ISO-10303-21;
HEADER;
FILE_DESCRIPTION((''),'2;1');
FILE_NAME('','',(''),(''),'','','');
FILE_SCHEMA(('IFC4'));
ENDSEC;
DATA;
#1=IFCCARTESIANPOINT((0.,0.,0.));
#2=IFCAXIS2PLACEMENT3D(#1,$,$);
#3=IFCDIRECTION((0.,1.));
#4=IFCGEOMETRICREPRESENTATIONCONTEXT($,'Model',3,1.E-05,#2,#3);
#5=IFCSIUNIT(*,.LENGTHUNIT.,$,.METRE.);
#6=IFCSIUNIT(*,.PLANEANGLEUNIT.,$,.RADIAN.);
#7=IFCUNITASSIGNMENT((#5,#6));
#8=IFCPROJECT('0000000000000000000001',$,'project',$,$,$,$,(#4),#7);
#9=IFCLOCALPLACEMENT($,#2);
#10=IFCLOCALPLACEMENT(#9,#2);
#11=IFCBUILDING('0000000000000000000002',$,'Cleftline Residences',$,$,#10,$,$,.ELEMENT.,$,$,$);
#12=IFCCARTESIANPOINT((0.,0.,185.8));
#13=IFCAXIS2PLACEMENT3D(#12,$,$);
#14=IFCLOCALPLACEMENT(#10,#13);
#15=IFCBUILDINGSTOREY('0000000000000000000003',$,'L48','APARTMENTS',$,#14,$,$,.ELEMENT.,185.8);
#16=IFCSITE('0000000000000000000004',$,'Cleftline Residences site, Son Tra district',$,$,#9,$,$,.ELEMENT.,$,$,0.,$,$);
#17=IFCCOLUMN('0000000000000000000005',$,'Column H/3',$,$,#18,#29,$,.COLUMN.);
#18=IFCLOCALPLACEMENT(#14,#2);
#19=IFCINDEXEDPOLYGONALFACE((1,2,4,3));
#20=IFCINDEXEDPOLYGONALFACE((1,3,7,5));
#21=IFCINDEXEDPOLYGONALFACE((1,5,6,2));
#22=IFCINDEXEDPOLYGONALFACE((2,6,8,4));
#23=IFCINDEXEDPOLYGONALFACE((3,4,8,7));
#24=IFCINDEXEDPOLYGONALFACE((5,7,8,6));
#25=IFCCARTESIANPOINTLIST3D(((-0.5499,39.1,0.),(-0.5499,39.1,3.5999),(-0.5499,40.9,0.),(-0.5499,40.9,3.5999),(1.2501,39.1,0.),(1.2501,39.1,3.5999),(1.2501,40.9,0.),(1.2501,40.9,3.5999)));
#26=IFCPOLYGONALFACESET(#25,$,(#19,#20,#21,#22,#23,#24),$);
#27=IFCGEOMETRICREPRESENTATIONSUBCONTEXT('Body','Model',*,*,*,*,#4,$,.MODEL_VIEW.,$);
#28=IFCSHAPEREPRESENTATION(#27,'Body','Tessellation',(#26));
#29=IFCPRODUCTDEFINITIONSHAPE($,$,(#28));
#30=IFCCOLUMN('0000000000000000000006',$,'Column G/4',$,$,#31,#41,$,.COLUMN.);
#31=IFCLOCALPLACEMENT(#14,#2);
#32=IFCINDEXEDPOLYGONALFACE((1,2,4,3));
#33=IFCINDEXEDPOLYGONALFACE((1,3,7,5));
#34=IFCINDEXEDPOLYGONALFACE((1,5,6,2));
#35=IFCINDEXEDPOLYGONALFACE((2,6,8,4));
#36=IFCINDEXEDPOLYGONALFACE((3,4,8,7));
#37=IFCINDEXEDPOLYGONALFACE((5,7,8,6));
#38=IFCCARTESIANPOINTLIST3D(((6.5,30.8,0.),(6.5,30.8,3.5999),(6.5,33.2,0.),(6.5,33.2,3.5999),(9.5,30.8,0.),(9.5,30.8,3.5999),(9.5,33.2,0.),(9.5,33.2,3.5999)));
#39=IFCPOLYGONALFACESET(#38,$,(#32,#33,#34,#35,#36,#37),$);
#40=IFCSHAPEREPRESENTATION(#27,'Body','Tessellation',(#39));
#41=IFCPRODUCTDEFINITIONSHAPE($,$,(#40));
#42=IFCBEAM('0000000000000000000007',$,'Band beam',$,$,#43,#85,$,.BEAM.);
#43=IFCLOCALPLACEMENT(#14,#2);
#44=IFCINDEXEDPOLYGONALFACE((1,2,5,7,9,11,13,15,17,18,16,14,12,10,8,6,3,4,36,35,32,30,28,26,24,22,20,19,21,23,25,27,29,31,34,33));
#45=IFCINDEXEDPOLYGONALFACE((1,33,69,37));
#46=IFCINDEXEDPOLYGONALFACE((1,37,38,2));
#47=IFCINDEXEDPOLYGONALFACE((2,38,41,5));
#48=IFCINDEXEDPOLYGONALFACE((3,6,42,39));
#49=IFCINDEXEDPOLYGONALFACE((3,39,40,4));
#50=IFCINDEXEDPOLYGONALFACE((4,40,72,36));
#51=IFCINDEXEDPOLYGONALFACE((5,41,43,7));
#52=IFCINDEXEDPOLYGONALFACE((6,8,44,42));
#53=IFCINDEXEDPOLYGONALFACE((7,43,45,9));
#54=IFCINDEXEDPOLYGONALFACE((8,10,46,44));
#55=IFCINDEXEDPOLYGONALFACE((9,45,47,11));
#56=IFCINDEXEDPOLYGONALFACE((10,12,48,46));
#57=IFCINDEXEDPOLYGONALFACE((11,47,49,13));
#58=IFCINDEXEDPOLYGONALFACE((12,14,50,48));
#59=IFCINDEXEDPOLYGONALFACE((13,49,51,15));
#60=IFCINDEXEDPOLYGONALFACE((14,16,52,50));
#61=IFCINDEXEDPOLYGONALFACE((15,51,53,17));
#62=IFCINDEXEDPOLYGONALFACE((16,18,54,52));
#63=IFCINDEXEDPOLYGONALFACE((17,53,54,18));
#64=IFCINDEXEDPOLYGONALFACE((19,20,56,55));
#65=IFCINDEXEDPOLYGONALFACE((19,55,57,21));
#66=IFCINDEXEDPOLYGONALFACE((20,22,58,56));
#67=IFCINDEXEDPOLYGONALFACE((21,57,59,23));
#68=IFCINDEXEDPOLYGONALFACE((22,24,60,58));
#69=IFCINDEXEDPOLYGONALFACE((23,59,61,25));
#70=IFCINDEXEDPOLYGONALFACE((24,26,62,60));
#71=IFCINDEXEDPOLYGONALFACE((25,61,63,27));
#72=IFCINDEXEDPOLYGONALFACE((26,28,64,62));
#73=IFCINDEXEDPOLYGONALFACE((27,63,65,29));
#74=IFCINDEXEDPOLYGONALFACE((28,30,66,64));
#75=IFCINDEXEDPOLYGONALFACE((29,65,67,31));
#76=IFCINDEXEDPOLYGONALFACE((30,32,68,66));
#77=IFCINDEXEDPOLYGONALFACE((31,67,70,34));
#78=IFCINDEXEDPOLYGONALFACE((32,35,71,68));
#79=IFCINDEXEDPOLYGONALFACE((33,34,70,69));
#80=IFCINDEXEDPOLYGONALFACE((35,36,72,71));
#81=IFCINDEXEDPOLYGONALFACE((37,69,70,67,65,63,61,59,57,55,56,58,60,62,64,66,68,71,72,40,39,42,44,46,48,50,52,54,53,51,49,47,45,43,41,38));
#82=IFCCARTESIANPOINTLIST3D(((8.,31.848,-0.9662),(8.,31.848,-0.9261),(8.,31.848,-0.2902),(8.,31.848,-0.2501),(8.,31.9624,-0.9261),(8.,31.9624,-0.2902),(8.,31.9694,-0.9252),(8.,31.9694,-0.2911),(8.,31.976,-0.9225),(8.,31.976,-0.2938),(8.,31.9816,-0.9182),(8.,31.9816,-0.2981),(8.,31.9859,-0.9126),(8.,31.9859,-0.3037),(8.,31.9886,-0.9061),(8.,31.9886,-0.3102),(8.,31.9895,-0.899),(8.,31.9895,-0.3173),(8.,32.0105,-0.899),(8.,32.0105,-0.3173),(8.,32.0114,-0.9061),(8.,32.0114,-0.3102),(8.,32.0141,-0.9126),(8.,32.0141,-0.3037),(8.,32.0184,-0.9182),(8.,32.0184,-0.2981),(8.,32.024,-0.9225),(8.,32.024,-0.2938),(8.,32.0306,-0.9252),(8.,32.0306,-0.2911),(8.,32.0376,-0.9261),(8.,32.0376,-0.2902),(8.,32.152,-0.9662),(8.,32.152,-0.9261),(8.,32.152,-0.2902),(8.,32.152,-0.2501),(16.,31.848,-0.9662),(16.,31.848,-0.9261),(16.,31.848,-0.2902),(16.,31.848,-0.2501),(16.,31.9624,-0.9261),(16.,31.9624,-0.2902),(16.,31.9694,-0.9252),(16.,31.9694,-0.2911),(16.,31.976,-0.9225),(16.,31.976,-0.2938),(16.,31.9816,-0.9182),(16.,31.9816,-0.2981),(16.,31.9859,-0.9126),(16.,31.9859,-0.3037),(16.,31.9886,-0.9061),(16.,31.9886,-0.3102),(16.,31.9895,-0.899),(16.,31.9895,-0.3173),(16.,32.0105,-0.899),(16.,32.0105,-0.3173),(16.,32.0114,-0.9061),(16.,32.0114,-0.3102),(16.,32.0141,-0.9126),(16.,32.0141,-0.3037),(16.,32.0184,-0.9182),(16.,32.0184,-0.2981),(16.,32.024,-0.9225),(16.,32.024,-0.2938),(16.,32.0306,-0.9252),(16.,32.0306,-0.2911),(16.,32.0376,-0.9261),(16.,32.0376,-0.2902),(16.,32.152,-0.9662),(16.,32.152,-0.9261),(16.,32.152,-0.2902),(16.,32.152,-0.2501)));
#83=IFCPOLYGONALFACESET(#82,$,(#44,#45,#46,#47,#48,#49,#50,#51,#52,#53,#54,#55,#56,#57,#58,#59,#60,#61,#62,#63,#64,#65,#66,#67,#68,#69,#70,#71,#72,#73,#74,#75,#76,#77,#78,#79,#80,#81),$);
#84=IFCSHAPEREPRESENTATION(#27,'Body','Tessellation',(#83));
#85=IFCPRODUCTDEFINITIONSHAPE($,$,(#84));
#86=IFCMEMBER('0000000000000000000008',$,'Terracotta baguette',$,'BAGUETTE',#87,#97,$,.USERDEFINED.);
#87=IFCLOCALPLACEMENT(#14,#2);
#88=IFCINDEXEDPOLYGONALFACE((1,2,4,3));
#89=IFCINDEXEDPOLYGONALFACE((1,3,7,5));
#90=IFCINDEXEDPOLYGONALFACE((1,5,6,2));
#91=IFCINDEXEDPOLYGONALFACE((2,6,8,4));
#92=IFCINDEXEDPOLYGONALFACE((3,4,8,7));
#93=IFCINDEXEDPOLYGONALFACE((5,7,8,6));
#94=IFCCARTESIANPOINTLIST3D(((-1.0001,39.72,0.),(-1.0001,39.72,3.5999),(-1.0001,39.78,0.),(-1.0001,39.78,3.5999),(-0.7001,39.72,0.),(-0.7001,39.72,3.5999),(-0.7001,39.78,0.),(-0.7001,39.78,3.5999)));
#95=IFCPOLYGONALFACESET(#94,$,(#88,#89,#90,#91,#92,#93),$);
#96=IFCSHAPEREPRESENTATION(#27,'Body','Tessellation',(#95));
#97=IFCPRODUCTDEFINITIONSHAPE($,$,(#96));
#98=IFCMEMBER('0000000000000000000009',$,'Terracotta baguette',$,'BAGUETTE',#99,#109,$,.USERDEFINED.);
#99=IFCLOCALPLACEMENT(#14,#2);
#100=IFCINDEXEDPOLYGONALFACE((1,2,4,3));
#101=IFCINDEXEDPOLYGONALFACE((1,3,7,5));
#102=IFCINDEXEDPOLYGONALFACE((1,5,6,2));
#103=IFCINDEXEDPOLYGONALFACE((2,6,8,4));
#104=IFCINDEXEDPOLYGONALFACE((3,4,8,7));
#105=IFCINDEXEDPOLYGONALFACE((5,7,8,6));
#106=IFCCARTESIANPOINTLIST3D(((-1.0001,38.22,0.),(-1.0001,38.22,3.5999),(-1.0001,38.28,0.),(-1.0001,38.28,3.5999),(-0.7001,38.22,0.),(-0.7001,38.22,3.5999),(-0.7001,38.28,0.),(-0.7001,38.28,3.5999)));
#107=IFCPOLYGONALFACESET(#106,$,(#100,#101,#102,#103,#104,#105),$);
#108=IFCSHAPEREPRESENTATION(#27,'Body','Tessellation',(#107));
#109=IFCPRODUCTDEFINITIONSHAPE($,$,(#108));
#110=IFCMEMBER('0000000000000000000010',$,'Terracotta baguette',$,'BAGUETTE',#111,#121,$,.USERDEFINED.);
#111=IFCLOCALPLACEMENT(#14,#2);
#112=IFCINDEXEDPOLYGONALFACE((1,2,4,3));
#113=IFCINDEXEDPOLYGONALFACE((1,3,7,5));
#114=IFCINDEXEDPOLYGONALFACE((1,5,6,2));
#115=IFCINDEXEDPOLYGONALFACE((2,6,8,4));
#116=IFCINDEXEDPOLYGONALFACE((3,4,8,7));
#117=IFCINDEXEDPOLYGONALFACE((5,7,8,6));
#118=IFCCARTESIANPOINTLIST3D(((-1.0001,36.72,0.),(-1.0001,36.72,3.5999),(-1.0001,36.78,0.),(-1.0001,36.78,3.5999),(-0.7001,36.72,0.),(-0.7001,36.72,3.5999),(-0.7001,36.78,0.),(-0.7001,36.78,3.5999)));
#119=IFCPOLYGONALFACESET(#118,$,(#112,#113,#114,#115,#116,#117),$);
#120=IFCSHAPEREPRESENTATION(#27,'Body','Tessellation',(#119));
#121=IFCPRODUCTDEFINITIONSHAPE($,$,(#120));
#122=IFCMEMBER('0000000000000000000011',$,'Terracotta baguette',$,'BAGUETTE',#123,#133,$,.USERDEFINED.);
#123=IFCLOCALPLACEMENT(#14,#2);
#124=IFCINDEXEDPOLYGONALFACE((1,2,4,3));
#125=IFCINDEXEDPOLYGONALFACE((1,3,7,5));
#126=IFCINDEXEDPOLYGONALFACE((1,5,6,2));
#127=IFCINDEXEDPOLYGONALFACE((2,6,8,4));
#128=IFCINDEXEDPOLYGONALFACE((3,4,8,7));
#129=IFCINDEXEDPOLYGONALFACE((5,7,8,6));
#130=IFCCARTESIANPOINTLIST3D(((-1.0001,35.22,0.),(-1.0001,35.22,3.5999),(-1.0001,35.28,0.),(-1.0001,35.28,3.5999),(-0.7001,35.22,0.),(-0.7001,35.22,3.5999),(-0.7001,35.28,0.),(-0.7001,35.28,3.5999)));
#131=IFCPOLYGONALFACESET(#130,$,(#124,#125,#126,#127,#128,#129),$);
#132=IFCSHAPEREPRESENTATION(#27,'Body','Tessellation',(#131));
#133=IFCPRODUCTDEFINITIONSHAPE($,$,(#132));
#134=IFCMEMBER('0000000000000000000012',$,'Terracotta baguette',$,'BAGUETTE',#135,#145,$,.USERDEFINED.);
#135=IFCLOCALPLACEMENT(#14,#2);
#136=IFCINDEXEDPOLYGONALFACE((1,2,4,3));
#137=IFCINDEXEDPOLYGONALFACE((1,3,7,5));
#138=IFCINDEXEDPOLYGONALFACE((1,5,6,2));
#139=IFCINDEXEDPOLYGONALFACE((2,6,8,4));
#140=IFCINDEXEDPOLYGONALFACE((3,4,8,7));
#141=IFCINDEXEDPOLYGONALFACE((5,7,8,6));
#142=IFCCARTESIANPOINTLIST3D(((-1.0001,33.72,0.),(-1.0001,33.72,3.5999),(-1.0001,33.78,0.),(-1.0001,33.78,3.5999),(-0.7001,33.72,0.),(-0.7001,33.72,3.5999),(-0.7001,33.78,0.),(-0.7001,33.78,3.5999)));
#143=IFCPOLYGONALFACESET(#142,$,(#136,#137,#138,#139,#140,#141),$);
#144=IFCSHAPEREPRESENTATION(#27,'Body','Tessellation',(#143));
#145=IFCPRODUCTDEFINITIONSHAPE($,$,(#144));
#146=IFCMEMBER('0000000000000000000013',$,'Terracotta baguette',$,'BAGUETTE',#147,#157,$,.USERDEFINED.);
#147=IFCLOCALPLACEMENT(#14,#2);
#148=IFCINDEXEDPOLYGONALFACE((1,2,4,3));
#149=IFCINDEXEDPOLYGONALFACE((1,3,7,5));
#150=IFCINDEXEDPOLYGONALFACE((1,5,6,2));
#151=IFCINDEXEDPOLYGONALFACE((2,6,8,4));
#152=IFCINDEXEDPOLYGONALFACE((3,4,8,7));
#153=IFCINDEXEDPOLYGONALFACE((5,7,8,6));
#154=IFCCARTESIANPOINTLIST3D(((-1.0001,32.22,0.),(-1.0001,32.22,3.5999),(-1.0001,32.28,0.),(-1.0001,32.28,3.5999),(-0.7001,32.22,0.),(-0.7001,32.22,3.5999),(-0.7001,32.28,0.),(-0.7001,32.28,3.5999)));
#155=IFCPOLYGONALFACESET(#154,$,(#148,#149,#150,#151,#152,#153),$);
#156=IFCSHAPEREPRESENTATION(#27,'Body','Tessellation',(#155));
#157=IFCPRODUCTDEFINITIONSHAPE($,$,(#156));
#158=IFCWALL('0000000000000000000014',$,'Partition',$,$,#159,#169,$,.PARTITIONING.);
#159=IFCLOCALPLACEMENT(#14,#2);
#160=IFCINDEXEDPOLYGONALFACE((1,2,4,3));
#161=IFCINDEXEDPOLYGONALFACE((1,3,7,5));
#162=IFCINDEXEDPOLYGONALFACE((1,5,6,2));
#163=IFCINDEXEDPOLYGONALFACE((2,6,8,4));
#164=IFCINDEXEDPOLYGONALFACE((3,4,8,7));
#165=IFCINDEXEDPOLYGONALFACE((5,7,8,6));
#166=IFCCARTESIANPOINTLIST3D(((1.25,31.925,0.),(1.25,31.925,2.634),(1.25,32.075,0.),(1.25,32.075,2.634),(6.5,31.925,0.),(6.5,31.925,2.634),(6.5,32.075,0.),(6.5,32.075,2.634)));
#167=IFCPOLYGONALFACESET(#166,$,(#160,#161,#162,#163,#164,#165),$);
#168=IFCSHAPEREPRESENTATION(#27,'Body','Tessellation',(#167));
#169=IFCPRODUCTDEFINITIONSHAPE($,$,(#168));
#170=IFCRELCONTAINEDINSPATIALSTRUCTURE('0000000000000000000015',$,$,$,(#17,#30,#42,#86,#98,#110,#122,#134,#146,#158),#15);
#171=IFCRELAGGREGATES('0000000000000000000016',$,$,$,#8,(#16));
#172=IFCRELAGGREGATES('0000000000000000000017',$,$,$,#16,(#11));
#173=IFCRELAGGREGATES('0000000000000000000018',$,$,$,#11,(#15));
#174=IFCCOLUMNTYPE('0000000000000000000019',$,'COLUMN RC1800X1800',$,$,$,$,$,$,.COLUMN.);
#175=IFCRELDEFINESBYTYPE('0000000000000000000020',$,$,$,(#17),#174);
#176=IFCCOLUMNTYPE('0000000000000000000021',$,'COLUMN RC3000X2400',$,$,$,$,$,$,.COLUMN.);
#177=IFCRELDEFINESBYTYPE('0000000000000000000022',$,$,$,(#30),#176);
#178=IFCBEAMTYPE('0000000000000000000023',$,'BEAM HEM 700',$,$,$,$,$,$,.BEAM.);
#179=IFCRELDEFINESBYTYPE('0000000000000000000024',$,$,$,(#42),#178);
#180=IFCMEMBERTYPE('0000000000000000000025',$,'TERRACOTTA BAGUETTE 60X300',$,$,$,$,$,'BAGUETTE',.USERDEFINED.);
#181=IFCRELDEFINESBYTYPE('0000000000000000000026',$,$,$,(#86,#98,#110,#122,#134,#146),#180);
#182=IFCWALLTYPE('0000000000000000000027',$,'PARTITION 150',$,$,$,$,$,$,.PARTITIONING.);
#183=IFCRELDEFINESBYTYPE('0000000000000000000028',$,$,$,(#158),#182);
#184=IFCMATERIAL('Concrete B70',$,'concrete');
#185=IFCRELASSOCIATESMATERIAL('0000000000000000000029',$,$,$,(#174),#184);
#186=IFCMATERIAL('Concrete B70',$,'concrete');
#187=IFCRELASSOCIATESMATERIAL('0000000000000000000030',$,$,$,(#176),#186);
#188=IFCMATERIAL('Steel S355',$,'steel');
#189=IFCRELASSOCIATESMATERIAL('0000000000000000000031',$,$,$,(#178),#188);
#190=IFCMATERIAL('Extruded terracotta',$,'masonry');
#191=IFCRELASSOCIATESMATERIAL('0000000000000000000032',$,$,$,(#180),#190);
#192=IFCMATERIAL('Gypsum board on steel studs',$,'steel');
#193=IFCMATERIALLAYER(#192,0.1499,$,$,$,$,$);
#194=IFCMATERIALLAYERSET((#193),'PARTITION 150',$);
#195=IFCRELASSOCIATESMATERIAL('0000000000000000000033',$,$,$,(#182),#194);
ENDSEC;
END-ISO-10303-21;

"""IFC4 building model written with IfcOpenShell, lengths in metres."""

from ifc_helpers import new_model, si_unit, direction, frame, frame_2d, origin, origin_2d, place, context, subcontext, project, spatial, rectangle, i_section, extrude, material, layer, layer_set, material_profile, profile_set, type_object, element, save


model = new_model("IFC4")

# Units and contexts
model_context = context("Model", 3, precision=1e-05, world=origin(), true_north=direction((0.0, 1.0)))
body_context = subcontext(model_context, "Body", "Model", "MODEL_VIEW")
ifc_project = project(units=[si_unit("LENGTHUNIT", "METRE"), si_unit("PLANEANGLEUNIT", "RADIAN")], contexts=[model_context])

# Site, building, storey
site_placement = place(None, origin())
site = spatial("IfcSite", under=ifc_project, at=site_placement, Name="Cleftline Residences site, Son Tra district", CompositionType="ELEMENT", RefElevation=0.0)
building_placement = place(site_placement, origin())
building = spatial("IfcBuilding", under=site, at=building_placement, Name="Cleftline Residences", CompositionType="ELEMENT")
storey_placement = place(building_placement, frame((0.0, 0.0, 185.8)))
storey = spatial("IfcBuildingStorey", under=building, at=storey_placement, Name="L48", Description="APARTMENTS", CompositionType="ELEMENT", Elevation=185.8)

# Columns
ifc_material_1 = material(Name="Concrete B70", Category="concrete")
ifc_material_profile_1 = material_profile(ifc_material_1, rectangle(XDim=1.8, YDim=1.8, at=origin_2d()))
ifc_profile_set_1 = profile_set([ifc_material_profile_1], Name="Concrete B70")
column_type_1 = type_object("IfcColumnType", Name="COLUMN RC1800X1800", PredefinedType="COLUMN", material=ifc_profile_set_1)
column_1_placement = place(storey_placement, frame((0.3501, 40.0, 0.0), z_axis=(0.0, 0.0, 1.0), x_axis=(1.0, 0.0, 0.0)))
element("IfcColumn", 1, at=column_1_placement, inside=storey, type_object=column_type_1, Name="Column H/3", PredefinedType="COLUMN", context=body_context, shape_type="SweptSolid", body=[
    extrude(rectangle(XDim=1.8, YDim=1.8, at=origin_2d()), origin(), (0.0, 0.0, 1.0), 3.5999),
])
ifc_material_2 = material(Name="Concrete B70", Category="concrete")
ifc_material_profile_2 = material_profile(ifc_material_2, rectangle(XDim=3.0, YDim=2.3999, at=origin_2d()))
ifc_profile_set_2 = profile_set([ifc_material_profile_2], Name="Concrete B70")
column_type_2 = type_object("IfcColumnType", Name="COLUMN RC3000X2400", PredefinedType="COLUMN", material=ifc_profile_set_2)
column_2_placement = place(storey_placement, frame((8.0, 32.0, 0.0), z_axis=(0.0, 0.0, 1.0), x_axis=(1.0, 0.0, 0.0)))
element("IfcColumn", 2, at=column_2_placement, inside=storey, type_object=column_type_2, Name="Column G/4", PredefinedType="COLUMN", context=body_context, shape_type="SweptSolid", body=[
    extrude(rectangle(XDim=3.0, YDim=2.3999, at=origin_2d()), origin(), (0.0, 0.0, 1.0), 3.5999),
])

# Beam
ifc_material_3 = material(Name="Steel S355", Category="steel")
ifc_material_profile_3 = material_profile(ifc_material_3, i_section(OverallWidth=0.304, OverallDepth=0.7161, WebThickness=0.021, FlangeThickness=0.04, FilletRadius=0.0271, at=origin_2d()))
ifc_profile_set_3 = profile_set([ifc_material_profile_3], Name="Steel S355")
beam_type = type_object("IfcBeamType", Name="BEAM HEM 700", PredefinedType="BEAM", material=ifc_profile_set_3)
beam_placement = place(storey_placement, frame((8.0, 32.0, -0.6082), z_axis=(1.0, 0.0, 0.0), x_axis=(0.0, 1.0, 0.0)))
element("IfcBeam", 3, at=beam_placement, inside=storey, type_object=beam_type, Name="Band beam", PredefinedType="BEAM", context=body_context, shape_type="SweptSolid", body=[
    extrude(i_section(OverallWidth=0.304, OverallDepth=0.7161, WebThickness=0.021, FlangeThickness=0.04, FilletRadius=0.0271, at=origin_2d()), origin(), (0.0, 0.0, 1.0), 8.0),
])

# Members
ifc_material_4 = material(Name="Extruded terracotta", Category="masonry")
ifc_material_profile_4 = material_profile(ifc_material_4, rectangle(XDim=0.0601, YDim=0.3, at=origin_2d()))
ifc_profile_set_4 = profile_set([ifc_material_profile_4], Name="Extruded terracotta")
member_type = type_object("IfcMemberType", Name="TERRACOTTA BAGUETTE 60X300", ElementType="BAGUETTE", PredefinedType="USERDEFINED", material=ifc_profile_set_4)
for number, where, z_axis, x_axis, name in (
    (4, (-0.8501, 39.75, 0.0), (0.0, 0.0, 1.0), (0.0, 1.0, 0.0), "Terracotta baguette"),
    (5, (-0.8501, 38.25, 0.0), (0.0, 0.0, 1.0), (0.0, 1.0, 0.0), "Terracotta baguette"),
    (6, (-0.8501, 36.75, 0.0), (0.0, 0.0, 1.0), (0.0, 1.0, 0.0), "Terracotta baguette"),
    (7, (-0.8501, 35.25, 0.0), (0.0, 0.0, 1.0), (0.0, 1.0, 0.0), "Terracotta baguette"),
    (8, (-0.8501, 33.75, 0.0), (0.0, 0.0, 1.0), (0.0, 1.0, 0.0), "Terracotta baguette"),
    (9, (-0.8501, 32.25, 0.0), (0.0, 0.0, 1.0), (0.0, 1.0, 0.0), "Terracotta baguette"),
):
    element("IfcMember", number, at=place(storey_placement, frame(where, z_axis=z_axis, x_axis=x_axis)), inside=storey, type_object=member_type, Name=name, ObjectType="BAGUETTE", PredefinedType="USERDEFINED", context=body_context, shape_type="SweptSolid", body=[
        extrude(rectangle(XDim=0.0601, YDim=0.3, at=origin_2d()), origin(), (0.0, 0.0, 1.0), 3.5999),
    ])

# Wall
ifc_material_5 = material(Name="Gypsum board on steel studs", Category="steel")
ifc_layer = layer(ifc_material_5, 0.1499)
ifc_layer_set = layer_set([ifc_layer], Name="PARTITION 150")
wall_type = type_object("IfcWallType", Name="PARTITION 150", PredefinedType="PARTITIONING", material=ifc_layer_set)
wall_1_placement = place(storey_placement, frame((1.25, 32.0, 0.0), z_axis=(0.0, 0.0, 1.0), x_axis=(1.0, 0.0, 0.0)))
element("IfcWall", 10, at=wall_1_placement, inside=storey, type_object=wall_type, Name="Partition", PredefinedType="PARTITIONING", context=body_context, shape_type="SweptSolid", body=[
    extrude(rectangle(XDim=5.25, YDim=0.1499, at=frame_2d((2.625, 0.0))), origin(), (0.0, 0.0, 1.0), 2.634),
])

save(model, "model.ifc")
